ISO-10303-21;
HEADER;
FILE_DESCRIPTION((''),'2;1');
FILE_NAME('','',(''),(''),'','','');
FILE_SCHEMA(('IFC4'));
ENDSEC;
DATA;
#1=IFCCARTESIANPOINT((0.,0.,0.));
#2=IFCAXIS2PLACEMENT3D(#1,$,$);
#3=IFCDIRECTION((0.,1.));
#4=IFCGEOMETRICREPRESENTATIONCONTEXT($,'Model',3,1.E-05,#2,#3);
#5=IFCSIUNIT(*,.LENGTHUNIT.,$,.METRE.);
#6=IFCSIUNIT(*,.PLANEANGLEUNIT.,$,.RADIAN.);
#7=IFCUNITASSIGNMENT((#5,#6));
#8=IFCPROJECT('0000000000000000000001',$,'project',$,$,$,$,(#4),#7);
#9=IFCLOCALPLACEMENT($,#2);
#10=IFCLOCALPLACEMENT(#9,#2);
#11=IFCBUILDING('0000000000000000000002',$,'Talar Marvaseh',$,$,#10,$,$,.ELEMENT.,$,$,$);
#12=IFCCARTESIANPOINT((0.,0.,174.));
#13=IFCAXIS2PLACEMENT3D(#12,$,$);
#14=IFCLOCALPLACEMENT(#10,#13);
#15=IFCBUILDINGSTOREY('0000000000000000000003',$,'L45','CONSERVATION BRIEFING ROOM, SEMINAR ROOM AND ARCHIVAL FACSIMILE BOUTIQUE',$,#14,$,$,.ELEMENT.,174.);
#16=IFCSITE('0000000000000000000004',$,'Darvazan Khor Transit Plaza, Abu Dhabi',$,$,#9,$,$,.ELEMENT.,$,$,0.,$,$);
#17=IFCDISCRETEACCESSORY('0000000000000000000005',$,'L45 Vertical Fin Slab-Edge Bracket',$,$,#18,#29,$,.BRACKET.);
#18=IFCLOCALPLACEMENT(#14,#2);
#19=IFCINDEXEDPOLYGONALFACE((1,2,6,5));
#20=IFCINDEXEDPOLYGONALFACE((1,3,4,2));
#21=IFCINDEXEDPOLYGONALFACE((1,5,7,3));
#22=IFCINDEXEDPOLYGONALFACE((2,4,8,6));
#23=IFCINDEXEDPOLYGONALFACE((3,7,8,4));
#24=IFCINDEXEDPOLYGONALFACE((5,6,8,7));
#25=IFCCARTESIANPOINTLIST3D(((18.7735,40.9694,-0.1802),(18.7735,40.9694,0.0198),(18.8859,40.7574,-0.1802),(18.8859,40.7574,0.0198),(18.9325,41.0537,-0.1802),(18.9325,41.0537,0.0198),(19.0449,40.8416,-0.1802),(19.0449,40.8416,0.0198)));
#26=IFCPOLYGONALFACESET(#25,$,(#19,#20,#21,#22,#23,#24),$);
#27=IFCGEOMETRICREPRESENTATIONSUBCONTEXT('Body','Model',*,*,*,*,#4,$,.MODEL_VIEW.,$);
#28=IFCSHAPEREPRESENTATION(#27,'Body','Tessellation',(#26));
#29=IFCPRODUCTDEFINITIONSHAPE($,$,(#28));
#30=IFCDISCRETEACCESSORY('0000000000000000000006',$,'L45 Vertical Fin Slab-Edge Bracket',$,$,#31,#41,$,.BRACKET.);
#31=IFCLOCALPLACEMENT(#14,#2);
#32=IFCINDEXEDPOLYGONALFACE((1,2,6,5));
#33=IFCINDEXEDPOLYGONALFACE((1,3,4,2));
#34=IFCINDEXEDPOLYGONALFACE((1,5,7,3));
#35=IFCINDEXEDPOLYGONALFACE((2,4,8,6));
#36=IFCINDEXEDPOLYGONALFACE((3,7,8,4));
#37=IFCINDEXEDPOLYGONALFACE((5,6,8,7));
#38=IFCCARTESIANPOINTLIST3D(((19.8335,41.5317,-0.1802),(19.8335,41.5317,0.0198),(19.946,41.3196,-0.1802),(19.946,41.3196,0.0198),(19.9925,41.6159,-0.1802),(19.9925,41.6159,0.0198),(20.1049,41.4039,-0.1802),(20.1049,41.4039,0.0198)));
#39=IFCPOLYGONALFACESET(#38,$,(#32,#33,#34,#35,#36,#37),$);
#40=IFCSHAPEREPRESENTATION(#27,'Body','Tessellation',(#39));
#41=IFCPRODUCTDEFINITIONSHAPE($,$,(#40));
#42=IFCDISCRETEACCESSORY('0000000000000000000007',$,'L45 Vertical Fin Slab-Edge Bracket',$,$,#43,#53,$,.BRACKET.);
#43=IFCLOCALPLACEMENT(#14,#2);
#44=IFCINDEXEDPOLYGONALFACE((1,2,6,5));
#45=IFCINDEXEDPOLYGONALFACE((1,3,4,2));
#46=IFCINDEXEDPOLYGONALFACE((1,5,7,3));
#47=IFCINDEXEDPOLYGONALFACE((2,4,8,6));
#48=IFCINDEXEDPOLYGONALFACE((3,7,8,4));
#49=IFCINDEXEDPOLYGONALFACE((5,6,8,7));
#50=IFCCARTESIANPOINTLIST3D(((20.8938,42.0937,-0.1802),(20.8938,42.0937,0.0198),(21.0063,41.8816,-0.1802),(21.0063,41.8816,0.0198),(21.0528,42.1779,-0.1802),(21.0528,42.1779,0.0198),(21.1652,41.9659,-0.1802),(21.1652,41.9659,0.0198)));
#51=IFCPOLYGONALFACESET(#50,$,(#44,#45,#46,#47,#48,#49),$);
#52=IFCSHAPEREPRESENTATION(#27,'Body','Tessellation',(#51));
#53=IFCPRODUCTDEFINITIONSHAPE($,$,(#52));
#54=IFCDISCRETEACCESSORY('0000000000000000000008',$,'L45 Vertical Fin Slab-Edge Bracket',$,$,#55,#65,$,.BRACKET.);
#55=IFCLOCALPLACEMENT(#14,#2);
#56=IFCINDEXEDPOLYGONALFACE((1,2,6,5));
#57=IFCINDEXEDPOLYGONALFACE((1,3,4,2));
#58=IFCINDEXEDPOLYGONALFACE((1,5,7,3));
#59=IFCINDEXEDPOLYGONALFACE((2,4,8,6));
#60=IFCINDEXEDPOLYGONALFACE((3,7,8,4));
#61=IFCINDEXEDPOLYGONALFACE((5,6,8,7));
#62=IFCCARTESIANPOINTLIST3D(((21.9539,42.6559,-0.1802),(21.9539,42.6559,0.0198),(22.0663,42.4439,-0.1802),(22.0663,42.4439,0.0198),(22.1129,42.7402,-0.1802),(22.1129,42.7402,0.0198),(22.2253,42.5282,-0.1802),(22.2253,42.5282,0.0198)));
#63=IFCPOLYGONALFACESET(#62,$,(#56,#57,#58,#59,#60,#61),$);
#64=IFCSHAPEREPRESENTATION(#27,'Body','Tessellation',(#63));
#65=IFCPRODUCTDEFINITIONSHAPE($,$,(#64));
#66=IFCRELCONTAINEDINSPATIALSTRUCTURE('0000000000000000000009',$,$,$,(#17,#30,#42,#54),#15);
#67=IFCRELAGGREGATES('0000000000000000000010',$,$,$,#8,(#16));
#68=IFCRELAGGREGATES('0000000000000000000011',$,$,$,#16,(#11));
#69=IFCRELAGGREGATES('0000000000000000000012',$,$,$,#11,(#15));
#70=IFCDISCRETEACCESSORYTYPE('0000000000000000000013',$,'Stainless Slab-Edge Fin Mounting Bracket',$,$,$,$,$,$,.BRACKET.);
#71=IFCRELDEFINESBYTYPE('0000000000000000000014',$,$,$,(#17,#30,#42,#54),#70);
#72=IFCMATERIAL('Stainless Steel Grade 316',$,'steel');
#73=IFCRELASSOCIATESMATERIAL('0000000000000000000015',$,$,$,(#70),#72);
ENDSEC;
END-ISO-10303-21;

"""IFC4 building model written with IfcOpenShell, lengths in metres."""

from ifc_helpers import new_model, si_unit, direction, frame, origin, origin_2d, place, context, subcontext, project, spatial, rectangle, extrude, source, transform, mapped, material, type_object, type_shapes, element, save


model = new_model("IFC4")

# Units and contexts
model_context = context("Model", 3, precision=1e-05, world=origin(), true_north=direction((0.0, 1.0)))
body_context = subcontext(model_context, "Body", "Model", "MODEL_VIEW")
ifc_project = project(units=[si_unit("LENGTHUNIT", "METRE"), si_unit("PLANEANGLEUNIT", "RADIAN")], contexts=[model_context])

# Site, building, storey
site_placement = place(None, origin())
site = spatial("IfcSite", under=ifc_project, at=site_placement, Name="Darvazan Khor Transit Plaza, Abu Dhabi", CompositionType="ELEMENT", RefElevation=0.0)
building_placement = place(site_placement, origin())
building = spatial("IfcBuilding", under=site, at=building_placement, Name="Talar Marvaseh", CompositionType="ELEMENT")
storey_placement = place(building_placement, frame((0.0, 0.0, 174.0)))
storey = spatial("IfcBuildingStorey", under=building, at=storey_placement, Name="L45", Description="CONSERVATION BRIEFING ROOM, SEMINAR ROOM AND ARCHIVAL FACSIMILE BOUTIQUE", CompositionType="ELEMENT", Elevation=174.0)

# Discrete accessories
ifc_material_1 = material(Name="Stainless Steel Grade 316", Category="steel")
discrete_accessory_type = type_object("IfcDiscreteAccessoryType", Name="Stainless Slab-Edge Fin Mounting Bracket", PredefinedType="BRACKET", material=ifc_material_1)
shared_shape_1 = source(origin(), body_context, "Body", "SweptSolid", [
    extrude(rectangle(XDim=0.24, YDim=0.1799, at=origin_2d()), origin(), (0.0, 0.0, 1.0), 0.2),
])
type_shapes(discrete_accessory_type, [shared_shape_1])
for number, where, z_axis, x_axis, name in (
    (1, (18.9092, 40.9055, -0.1802), (0.0, 0.0, 1.0), (-0.468392, 0.883521, 0.0), "L45 Vertical Fin Slab-Edge Bracket"),
    (2, (19.9692, 41.4678, -0.1802), (0.0, 0.0, 1.0), (-0.468392, 0.883521, 0.0), "L45 Vertical Fin Slab-Edge Bracket"),
    (3, (21.0295, 42.0298, -0.1802), (0.0, 0.0, 1.0), (-0.468392, 0.883521, 0.0), "L45 Vertical Fin Slab-Edge Bracket"),
    (4, (22.0896, 42.592, -0.1802), (0.0, 0.0, 1.0), (-0.468392, 0.883521, 0.0), "L45 Vertical Fin Slab-Edge Bracket"),
):
    element("IfcDiscreteAccessory", number, at=place(storey_placement, frame(where, z_axis=z_axis, x_axis=x_axis)), inside=storey, type_object=discrete_accessory_type, Name=name, PredefinedType="BRACKET", context=body_context, shape_type="MappedRepresentation", body=[
        mapped(shared_shape_1, transform((0.0, 0.0, 0.0), x_axis=(1.0, 0.0, 0.0), y_axis=(0.0, 1.0, 0.0), z_axis=(0.0, 0.0, 1.0), scale=1.0)),
    ])

save(model, "model.ifc")
